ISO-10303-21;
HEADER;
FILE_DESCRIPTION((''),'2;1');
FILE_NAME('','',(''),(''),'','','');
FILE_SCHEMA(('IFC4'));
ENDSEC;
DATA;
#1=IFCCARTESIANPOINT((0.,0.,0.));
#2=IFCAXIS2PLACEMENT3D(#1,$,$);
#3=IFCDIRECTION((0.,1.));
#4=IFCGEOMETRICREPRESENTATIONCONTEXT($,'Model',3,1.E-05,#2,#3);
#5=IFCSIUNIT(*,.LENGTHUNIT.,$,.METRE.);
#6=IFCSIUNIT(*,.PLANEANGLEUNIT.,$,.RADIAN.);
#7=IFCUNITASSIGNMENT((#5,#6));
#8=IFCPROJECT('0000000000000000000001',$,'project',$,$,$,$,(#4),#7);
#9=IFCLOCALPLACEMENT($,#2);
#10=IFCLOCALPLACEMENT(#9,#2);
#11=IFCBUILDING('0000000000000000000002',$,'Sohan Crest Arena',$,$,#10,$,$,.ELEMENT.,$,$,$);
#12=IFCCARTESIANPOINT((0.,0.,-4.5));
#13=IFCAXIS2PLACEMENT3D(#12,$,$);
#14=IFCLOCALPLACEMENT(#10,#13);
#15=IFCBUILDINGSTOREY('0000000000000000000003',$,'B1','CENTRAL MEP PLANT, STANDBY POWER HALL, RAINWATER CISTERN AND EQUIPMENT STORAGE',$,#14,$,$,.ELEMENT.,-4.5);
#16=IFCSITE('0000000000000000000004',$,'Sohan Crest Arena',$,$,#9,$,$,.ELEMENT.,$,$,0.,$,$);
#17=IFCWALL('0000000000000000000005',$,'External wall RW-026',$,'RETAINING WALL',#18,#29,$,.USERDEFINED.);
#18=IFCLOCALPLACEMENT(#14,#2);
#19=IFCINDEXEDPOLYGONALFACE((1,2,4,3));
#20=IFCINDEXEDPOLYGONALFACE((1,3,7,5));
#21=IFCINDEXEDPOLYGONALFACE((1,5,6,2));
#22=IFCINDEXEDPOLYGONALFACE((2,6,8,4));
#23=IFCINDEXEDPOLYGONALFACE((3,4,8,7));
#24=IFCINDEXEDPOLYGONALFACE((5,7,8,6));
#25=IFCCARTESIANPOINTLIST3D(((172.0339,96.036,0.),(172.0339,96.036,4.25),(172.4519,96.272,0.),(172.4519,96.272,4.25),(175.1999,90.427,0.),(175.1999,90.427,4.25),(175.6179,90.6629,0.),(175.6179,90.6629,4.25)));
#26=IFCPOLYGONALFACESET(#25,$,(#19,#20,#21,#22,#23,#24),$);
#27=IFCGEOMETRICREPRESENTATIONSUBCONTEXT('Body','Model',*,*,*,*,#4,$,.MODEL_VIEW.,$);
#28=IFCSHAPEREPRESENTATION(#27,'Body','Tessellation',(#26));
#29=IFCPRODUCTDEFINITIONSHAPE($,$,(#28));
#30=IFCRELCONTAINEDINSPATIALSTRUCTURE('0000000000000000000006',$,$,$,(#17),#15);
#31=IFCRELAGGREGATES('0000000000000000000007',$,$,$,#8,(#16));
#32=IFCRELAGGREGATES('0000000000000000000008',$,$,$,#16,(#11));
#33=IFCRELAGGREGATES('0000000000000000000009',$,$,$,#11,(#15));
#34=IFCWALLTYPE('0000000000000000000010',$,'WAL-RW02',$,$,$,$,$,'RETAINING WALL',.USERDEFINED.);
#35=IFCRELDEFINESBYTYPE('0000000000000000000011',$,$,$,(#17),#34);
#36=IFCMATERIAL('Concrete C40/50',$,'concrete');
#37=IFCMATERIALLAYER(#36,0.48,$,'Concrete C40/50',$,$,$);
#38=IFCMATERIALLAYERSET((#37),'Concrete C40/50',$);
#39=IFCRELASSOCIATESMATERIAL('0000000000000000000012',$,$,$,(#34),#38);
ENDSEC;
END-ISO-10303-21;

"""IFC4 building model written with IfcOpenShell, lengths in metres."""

from ifc_helpers import new_model, si_unit, direction, frame, frame_2d, origin, place, context, subcontext, project, spatial, rectangle, extrude, material, layer, layer_set, type_object, element, save


model = new_model("IFC4")

# Units and contexts
model_context = context("Model", 3, precision=1e-05, world=origin(), true_north=direction((0.0, 1.0)))
body_context = subcontext(model_context, "Body", "Model", "MODEL_VIEW")
ifc_project = project(units=[si_unit("LENGTHUNIT", "METRE"), si_unit("PLANEANGLEUNIT", "RADIAN")], contexts=[model_context])

# Site, building, storey
site_placement = place(None, origin())
site = spatial("IfcSite", under=ifc_project, at=site_placement, Name="Sohan Crest Arena", CompositionType="ELEMENT", RefElevation=0.0)
building_placement = place(site_placement, origin())
building = spatial("IfcBuilding", under=site, at=building_placement, Name="Sohan Crest Arena", CompositionType="ELEMENT")
storey_placement = place(building_placement, frame((0.0, 0.0, -4.5)))
storey = spatial("IfcBuildingStorey", under=building, at=storey_placement, Name="B1", Description="CENTRAL MEP PLANT, STANDBY POWER HALL, RAINWATER CISTERN AND EQUIPMENT STORAGE", CompositionType="ELEMENT", Elevation=-4.5)

# Shared definitions
ifc_material = material(Name="Concrete C40/50", Category="concrete")

# Wall
ifc_layer = layer(ifc_material, 0.48, Name="Concrete C40/50")
ifc_layer_set = layer_set([ifc_layer], Name="Concrete C40/50")
wall_type = type_object("IfcWallType", Name="WAL-RW02", ElementType="RETAINING WALL", PredefinedType="USERDEFINED", material=ifc_layer_set)
wall_1_placement = place(storey_placement, frame((175.4089, 90.5449, 0.0), z_axis=(0.0, 0.0, 1.0), x_axis=(-0.491544, 0.870853, 0.0)))
element("IfcWall", 1, at=wall_1_placement, inside=storey, type_object=wall_type, Name="External wall RW-026", ObjectType="RETAINING WALL", PredefinedType="USERDEFINED", context=body_context, shape_type="SweptSolid", body=[
    extrude(rectangle(XDim=6.4409, YDim=0.48, at=frame_2d((3.2205, 0.0))), origin(), (0.0, 0.0, 1.0), 4.25),
])

save(model, "model.ifc")
